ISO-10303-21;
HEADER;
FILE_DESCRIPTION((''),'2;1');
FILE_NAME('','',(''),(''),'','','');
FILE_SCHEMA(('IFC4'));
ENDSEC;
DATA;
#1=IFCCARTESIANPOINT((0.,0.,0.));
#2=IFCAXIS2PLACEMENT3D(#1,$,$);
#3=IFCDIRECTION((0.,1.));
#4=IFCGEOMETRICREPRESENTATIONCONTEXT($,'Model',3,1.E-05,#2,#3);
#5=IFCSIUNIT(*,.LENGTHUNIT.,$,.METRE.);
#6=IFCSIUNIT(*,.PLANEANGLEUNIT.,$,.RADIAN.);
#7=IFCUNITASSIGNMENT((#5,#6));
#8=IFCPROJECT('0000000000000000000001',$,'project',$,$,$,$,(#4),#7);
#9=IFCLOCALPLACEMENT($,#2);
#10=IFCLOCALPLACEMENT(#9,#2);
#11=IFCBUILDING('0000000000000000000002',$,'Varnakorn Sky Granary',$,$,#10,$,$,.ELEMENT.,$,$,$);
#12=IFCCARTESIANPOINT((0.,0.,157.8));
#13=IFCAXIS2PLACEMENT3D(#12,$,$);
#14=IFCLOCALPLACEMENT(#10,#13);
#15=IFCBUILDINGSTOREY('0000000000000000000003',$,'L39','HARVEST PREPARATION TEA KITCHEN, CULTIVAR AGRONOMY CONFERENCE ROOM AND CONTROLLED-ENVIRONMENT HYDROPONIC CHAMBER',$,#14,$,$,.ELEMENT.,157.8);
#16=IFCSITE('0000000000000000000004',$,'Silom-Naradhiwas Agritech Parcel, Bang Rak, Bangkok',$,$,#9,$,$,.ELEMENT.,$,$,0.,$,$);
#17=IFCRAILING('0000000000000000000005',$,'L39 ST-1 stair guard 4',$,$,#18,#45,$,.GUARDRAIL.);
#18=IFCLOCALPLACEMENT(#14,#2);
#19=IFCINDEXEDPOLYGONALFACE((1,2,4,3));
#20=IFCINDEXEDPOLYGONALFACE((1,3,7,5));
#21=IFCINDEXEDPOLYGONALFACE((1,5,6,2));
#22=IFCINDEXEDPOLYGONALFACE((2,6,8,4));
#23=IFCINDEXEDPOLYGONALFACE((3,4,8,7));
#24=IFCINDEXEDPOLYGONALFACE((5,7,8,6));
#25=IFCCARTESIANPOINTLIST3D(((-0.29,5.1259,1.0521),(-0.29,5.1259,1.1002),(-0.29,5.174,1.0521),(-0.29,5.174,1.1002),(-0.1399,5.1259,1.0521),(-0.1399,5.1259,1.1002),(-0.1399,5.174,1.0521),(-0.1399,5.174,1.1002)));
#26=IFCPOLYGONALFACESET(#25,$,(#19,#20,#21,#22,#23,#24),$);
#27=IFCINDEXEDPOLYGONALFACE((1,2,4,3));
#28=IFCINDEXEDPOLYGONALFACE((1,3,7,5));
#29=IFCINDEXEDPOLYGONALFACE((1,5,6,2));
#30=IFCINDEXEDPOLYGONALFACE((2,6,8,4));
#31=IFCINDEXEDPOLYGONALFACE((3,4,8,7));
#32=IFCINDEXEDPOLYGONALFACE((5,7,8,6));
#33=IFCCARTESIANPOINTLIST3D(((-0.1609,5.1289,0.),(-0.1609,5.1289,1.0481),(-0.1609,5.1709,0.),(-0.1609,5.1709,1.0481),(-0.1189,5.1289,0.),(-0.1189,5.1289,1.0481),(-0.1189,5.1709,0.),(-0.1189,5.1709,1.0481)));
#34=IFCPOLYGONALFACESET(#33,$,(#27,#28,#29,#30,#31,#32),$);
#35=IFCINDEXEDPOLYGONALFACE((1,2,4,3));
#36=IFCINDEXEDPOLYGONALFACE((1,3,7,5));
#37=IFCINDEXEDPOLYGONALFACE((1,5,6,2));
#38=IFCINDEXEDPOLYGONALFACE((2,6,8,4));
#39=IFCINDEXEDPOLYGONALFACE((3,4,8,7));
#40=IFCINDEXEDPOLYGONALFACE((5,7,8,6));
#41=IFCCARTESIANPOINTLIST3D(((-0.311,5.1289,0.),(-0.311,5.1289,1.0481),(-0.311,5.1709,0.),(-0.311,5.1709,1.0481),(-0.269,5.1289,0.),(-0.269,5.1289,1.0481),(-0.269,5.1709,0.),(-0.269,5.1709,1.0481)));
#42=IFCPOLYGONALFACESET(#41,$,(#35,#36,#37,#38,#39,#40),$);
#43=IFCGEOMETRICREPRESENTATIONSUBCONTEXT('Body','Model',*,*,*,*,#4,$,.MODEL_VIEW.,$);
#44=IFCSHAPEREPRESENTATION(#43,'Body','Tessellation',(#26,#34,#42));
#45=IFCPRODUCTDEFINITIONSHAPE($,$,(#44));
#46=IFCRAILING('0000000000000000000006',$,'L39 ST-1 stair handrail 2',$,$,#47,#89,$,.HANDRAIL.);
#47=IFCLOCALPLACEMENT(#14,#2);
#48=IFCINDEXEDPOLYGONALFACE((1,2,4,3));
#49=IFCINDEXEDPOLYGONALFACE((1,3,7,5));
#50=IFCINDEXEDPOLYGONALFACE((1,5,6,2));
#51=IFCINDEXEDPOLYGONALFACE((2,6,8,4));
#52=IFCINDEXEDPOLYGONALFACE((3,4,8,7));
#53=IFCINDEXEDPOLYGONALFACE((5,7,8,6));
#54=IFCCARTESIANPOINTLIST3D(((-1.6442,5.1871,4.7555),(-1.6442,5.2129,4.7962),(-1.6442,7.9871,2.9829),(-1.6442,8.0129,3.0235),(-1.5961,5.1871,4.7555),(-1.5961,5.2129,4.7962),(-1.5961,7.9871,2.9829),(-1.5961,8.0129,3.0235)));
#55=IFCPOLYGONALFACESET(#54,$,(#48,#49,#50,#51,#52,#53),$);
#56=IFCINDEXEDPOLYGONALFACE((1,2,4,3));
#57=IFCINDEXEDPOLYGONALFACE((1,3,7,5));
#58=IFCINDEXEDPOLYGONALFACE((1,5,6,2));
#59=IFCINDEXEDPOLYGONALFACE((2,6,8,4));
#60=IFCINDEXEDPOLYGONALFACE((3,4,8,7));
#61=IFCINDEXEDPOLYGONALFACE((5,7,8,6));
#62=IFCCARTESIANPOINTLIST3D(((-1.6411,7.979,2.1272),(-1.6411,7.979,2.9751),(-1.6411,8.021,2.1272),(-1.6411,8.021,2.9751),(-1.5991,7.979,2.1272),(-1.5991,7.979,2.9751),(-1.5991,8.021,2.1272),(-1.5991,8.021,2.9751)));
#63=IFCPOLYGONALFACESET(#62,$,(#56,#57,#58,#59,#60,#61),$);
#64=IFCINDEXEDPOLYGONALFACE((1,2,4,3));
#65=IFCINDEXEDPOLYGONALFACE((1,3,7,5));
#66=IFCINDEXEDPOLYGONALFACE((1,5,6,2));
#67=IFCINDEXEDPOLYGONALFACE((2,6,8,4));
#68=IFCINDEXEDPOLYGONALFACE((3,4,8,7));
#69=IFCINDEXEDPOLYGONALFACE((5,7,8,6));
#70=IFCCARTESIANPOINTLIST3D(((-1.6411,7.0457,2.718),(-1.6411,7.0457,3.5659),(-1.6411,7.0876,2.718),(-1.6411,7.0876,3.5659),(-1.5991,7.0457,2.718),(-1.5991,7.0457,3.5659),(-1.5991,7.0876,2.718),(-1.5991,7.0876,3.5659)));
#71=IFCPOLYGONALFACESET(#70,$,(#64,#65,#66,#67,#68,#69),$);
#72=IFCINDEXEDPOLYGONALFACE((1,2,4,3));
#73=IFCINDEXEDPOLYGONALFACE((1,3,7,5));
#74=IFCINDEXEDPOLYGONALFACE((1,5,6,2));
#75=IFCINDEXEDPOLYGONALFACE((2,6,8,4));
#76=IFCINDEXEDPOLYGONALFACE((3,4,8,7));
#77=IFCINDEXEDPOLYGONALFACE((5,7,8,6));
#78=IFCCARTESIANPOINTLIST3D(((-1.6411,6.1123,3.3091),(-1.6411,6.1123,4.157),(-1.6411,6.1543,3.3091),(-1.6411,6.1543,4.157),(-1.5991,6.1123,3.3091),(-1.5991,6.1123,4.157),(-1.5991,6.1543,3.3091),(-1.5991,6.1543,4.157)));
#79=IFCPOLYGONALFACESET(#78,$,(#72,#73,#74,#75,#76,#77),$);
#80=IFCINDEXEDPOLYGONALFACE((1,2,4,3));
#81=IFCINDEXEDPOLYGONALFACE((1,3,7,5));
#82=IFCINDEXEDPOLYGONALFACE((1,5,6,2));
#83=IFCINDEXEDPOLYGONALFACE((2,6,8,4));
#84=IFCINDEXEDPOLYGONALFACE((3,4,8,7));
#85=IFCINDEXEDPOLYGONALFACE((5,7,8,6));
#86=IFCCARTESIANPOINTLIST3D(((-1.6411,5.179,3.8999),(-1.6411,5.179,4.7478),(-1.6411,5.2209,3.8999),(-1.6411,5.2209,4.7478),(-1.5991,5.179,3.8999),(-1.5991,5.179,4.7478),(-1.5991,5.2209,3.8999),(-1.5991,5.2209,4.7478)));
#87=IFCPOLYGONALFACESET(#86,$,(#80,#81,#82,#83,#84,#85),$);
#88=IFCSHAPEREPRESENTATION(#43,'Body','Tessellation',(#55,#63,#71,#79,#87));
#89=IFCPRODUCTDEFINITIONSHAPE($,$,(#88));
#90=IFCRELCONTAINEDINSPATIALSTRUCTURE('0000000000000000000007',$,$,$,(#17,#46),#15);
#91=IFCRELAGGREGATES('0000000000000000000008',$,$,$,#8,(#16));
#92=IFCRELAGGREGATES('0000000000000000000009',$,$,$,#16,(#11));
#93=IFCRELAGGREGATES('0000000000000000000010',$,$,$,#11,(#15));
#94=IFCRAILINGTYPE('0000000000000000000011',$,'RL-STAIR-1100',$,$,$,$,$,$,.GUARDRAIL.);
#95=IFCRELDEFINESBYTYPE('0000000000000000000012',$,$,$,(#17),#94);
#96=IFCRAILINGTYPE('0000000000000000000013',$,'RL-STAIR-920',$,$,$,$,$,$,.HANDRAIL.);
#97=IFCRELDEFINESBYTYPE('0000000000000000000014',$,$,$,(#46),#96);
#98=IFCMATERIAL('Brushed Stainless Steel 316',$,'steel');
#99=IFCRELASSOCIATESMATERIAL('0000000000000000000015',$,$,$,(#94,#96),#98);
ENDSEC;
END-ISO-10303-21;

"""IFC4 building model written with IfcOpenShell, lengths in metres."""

from ifc_helpers import new_model, si_unit, direction, frame, origin, origin_2d, place, context, subcontext, project, spatial, rectangle, extrude, material, type_object, element, save


model = new_model("IFC4")

# Units and contexts
model_context = context("Model", 3, precision=1e-05, world=origin(), true_north=direction((0.0, 1.0)))
body_context = subcontext(model_context, "Body", "Model", "MODEL_VIEW")
ifc_project = project(units=[si_unit("LENGTHUNIT", "METRE"), si_unit("PLANEANGLEUNIT", "RADIAN")], contexts=[model_context])

# Site, building, storey
site_placement = place(None, origin())
site = spatial("IfcSite", under=ifc_project, at=site_placement, Name="Silom-Naradhiwas Agritech Parcel, Bang Rak, Bangkok", CompositionType="ELEMENT", RefElevation=0.0)
building_placement = place(site_placement, origin())
building = spatial("IfcBuilding", under=site, at=building_placement, Name="Varnakorn Sky Granary", CompositionType="ELEMENT")
storey_placement = place(building_placement, frame((0.0, 0.0, 157.8)))
storey = spatial("IfcBuildingStorey", under=building, at=storey_placement, Name="L39", Description="HARVEST PREPARATION TEA KITCHEN, CULTIVAR AGRONOMY CONFERENCE ROOM AND CONTROLLED-ENVIRONMENT HYDROPONIC CHAMBER", CompositionType="ELEMENT", Elevation=157.8)

# Railings
ifc_material_1 = material(Name="Brushed Stainless Steel 316", Category="steel")
railing_type_1 = type_object("IfcRailingType", Name="RL-STAIR-1100", PredefinedType="GUARDRAIL", material=ifc_material_1)
railing_1_placement = place(storey_placement, frame((-0.1399, 5.1499, 0.0)))
element("IfcRailing", 1, at=railing_1_placement, inside=storey, type_object=railing_type_1, Name="L39 ST-1 stair guard 4", PredefinedType="GUARDRAIL", context=body_context, shape_type="SweptSolid", body=[
    extrude(rectangle(XDim=0.0481, YDim=0.0481, at=origin_2d()), frame((0.0, 0.0, 1.0762), z_axis=(-1.0, 0.0, 0.0), x_axis=(0.0, -1.0, 0.0)), (0.0, 0.0, 1.0), 0.1501),
    extrude(rectangle(XDim=0.042, YDim=0.042, at=origin_2d()), origin(), (0.0, 0.0, 1.0), 1.0481),
    extrude(rectangle(XDim=0.042, YDim=0.042, at=origin_2d()), frame((-0.1501, 0.0, 0.0)), (0.0, 0.0, 1.0), 1.0481),
])
railing_type_2 = type_object("IfcRailingType", Name="RL-STAIR-920", PredefinedType="HANDRAIL", material=ifc_material_1)
railing_2_placement = place(storey_placement, frame((-1.6201, 8.0, 2.1272)))
element("IfcRailing", 2, at=railing_2_placement, inside=storey, type_object=railing_type_2, Name="L39 ST-1 stair handrail 2", PredefinedType="HANDRAIL", context=body_context, shape_type="SweptSolid", body=[
    extrude(rectangle(XDim=0.0481, YDim=0.0481, at=origin_2d()), frame((0.0, 0.0, 0.876), z_axis=(0.0, -0.844909, 0.53491), x_axis=(1.0, 0.0, 0.0)), (0.0, 0.0, 1.0), 3.314),
    extrude(rectangle(XDim=0.042, YDim=0.042, at=origin_2d()), origin(), (0.0, 0.0, 1.0), 0.8479),
    extrude(rectangle(XDim=0.042, YDim=0.042, at=origin_2d()), frame((0.0, -0.9333, 0.5908)), (0.0, 0.0, 1.0), 0.8479),
    extrude(rectangle(XDim=0.042, YDim=0.042, at=origin_2d()), frame((0.0, -1.8667, 1.1819)), (0.0, 0.0, 1.0), 0.8479),
    extrude(rectangle(XDim=0.042, YDim=0.042, at=origin_2d()), frame((0.0, -2.8, 1.7727)), (0.0, 0.0, 1.0), 0.8479),
])

save(model, "model.ifc")
